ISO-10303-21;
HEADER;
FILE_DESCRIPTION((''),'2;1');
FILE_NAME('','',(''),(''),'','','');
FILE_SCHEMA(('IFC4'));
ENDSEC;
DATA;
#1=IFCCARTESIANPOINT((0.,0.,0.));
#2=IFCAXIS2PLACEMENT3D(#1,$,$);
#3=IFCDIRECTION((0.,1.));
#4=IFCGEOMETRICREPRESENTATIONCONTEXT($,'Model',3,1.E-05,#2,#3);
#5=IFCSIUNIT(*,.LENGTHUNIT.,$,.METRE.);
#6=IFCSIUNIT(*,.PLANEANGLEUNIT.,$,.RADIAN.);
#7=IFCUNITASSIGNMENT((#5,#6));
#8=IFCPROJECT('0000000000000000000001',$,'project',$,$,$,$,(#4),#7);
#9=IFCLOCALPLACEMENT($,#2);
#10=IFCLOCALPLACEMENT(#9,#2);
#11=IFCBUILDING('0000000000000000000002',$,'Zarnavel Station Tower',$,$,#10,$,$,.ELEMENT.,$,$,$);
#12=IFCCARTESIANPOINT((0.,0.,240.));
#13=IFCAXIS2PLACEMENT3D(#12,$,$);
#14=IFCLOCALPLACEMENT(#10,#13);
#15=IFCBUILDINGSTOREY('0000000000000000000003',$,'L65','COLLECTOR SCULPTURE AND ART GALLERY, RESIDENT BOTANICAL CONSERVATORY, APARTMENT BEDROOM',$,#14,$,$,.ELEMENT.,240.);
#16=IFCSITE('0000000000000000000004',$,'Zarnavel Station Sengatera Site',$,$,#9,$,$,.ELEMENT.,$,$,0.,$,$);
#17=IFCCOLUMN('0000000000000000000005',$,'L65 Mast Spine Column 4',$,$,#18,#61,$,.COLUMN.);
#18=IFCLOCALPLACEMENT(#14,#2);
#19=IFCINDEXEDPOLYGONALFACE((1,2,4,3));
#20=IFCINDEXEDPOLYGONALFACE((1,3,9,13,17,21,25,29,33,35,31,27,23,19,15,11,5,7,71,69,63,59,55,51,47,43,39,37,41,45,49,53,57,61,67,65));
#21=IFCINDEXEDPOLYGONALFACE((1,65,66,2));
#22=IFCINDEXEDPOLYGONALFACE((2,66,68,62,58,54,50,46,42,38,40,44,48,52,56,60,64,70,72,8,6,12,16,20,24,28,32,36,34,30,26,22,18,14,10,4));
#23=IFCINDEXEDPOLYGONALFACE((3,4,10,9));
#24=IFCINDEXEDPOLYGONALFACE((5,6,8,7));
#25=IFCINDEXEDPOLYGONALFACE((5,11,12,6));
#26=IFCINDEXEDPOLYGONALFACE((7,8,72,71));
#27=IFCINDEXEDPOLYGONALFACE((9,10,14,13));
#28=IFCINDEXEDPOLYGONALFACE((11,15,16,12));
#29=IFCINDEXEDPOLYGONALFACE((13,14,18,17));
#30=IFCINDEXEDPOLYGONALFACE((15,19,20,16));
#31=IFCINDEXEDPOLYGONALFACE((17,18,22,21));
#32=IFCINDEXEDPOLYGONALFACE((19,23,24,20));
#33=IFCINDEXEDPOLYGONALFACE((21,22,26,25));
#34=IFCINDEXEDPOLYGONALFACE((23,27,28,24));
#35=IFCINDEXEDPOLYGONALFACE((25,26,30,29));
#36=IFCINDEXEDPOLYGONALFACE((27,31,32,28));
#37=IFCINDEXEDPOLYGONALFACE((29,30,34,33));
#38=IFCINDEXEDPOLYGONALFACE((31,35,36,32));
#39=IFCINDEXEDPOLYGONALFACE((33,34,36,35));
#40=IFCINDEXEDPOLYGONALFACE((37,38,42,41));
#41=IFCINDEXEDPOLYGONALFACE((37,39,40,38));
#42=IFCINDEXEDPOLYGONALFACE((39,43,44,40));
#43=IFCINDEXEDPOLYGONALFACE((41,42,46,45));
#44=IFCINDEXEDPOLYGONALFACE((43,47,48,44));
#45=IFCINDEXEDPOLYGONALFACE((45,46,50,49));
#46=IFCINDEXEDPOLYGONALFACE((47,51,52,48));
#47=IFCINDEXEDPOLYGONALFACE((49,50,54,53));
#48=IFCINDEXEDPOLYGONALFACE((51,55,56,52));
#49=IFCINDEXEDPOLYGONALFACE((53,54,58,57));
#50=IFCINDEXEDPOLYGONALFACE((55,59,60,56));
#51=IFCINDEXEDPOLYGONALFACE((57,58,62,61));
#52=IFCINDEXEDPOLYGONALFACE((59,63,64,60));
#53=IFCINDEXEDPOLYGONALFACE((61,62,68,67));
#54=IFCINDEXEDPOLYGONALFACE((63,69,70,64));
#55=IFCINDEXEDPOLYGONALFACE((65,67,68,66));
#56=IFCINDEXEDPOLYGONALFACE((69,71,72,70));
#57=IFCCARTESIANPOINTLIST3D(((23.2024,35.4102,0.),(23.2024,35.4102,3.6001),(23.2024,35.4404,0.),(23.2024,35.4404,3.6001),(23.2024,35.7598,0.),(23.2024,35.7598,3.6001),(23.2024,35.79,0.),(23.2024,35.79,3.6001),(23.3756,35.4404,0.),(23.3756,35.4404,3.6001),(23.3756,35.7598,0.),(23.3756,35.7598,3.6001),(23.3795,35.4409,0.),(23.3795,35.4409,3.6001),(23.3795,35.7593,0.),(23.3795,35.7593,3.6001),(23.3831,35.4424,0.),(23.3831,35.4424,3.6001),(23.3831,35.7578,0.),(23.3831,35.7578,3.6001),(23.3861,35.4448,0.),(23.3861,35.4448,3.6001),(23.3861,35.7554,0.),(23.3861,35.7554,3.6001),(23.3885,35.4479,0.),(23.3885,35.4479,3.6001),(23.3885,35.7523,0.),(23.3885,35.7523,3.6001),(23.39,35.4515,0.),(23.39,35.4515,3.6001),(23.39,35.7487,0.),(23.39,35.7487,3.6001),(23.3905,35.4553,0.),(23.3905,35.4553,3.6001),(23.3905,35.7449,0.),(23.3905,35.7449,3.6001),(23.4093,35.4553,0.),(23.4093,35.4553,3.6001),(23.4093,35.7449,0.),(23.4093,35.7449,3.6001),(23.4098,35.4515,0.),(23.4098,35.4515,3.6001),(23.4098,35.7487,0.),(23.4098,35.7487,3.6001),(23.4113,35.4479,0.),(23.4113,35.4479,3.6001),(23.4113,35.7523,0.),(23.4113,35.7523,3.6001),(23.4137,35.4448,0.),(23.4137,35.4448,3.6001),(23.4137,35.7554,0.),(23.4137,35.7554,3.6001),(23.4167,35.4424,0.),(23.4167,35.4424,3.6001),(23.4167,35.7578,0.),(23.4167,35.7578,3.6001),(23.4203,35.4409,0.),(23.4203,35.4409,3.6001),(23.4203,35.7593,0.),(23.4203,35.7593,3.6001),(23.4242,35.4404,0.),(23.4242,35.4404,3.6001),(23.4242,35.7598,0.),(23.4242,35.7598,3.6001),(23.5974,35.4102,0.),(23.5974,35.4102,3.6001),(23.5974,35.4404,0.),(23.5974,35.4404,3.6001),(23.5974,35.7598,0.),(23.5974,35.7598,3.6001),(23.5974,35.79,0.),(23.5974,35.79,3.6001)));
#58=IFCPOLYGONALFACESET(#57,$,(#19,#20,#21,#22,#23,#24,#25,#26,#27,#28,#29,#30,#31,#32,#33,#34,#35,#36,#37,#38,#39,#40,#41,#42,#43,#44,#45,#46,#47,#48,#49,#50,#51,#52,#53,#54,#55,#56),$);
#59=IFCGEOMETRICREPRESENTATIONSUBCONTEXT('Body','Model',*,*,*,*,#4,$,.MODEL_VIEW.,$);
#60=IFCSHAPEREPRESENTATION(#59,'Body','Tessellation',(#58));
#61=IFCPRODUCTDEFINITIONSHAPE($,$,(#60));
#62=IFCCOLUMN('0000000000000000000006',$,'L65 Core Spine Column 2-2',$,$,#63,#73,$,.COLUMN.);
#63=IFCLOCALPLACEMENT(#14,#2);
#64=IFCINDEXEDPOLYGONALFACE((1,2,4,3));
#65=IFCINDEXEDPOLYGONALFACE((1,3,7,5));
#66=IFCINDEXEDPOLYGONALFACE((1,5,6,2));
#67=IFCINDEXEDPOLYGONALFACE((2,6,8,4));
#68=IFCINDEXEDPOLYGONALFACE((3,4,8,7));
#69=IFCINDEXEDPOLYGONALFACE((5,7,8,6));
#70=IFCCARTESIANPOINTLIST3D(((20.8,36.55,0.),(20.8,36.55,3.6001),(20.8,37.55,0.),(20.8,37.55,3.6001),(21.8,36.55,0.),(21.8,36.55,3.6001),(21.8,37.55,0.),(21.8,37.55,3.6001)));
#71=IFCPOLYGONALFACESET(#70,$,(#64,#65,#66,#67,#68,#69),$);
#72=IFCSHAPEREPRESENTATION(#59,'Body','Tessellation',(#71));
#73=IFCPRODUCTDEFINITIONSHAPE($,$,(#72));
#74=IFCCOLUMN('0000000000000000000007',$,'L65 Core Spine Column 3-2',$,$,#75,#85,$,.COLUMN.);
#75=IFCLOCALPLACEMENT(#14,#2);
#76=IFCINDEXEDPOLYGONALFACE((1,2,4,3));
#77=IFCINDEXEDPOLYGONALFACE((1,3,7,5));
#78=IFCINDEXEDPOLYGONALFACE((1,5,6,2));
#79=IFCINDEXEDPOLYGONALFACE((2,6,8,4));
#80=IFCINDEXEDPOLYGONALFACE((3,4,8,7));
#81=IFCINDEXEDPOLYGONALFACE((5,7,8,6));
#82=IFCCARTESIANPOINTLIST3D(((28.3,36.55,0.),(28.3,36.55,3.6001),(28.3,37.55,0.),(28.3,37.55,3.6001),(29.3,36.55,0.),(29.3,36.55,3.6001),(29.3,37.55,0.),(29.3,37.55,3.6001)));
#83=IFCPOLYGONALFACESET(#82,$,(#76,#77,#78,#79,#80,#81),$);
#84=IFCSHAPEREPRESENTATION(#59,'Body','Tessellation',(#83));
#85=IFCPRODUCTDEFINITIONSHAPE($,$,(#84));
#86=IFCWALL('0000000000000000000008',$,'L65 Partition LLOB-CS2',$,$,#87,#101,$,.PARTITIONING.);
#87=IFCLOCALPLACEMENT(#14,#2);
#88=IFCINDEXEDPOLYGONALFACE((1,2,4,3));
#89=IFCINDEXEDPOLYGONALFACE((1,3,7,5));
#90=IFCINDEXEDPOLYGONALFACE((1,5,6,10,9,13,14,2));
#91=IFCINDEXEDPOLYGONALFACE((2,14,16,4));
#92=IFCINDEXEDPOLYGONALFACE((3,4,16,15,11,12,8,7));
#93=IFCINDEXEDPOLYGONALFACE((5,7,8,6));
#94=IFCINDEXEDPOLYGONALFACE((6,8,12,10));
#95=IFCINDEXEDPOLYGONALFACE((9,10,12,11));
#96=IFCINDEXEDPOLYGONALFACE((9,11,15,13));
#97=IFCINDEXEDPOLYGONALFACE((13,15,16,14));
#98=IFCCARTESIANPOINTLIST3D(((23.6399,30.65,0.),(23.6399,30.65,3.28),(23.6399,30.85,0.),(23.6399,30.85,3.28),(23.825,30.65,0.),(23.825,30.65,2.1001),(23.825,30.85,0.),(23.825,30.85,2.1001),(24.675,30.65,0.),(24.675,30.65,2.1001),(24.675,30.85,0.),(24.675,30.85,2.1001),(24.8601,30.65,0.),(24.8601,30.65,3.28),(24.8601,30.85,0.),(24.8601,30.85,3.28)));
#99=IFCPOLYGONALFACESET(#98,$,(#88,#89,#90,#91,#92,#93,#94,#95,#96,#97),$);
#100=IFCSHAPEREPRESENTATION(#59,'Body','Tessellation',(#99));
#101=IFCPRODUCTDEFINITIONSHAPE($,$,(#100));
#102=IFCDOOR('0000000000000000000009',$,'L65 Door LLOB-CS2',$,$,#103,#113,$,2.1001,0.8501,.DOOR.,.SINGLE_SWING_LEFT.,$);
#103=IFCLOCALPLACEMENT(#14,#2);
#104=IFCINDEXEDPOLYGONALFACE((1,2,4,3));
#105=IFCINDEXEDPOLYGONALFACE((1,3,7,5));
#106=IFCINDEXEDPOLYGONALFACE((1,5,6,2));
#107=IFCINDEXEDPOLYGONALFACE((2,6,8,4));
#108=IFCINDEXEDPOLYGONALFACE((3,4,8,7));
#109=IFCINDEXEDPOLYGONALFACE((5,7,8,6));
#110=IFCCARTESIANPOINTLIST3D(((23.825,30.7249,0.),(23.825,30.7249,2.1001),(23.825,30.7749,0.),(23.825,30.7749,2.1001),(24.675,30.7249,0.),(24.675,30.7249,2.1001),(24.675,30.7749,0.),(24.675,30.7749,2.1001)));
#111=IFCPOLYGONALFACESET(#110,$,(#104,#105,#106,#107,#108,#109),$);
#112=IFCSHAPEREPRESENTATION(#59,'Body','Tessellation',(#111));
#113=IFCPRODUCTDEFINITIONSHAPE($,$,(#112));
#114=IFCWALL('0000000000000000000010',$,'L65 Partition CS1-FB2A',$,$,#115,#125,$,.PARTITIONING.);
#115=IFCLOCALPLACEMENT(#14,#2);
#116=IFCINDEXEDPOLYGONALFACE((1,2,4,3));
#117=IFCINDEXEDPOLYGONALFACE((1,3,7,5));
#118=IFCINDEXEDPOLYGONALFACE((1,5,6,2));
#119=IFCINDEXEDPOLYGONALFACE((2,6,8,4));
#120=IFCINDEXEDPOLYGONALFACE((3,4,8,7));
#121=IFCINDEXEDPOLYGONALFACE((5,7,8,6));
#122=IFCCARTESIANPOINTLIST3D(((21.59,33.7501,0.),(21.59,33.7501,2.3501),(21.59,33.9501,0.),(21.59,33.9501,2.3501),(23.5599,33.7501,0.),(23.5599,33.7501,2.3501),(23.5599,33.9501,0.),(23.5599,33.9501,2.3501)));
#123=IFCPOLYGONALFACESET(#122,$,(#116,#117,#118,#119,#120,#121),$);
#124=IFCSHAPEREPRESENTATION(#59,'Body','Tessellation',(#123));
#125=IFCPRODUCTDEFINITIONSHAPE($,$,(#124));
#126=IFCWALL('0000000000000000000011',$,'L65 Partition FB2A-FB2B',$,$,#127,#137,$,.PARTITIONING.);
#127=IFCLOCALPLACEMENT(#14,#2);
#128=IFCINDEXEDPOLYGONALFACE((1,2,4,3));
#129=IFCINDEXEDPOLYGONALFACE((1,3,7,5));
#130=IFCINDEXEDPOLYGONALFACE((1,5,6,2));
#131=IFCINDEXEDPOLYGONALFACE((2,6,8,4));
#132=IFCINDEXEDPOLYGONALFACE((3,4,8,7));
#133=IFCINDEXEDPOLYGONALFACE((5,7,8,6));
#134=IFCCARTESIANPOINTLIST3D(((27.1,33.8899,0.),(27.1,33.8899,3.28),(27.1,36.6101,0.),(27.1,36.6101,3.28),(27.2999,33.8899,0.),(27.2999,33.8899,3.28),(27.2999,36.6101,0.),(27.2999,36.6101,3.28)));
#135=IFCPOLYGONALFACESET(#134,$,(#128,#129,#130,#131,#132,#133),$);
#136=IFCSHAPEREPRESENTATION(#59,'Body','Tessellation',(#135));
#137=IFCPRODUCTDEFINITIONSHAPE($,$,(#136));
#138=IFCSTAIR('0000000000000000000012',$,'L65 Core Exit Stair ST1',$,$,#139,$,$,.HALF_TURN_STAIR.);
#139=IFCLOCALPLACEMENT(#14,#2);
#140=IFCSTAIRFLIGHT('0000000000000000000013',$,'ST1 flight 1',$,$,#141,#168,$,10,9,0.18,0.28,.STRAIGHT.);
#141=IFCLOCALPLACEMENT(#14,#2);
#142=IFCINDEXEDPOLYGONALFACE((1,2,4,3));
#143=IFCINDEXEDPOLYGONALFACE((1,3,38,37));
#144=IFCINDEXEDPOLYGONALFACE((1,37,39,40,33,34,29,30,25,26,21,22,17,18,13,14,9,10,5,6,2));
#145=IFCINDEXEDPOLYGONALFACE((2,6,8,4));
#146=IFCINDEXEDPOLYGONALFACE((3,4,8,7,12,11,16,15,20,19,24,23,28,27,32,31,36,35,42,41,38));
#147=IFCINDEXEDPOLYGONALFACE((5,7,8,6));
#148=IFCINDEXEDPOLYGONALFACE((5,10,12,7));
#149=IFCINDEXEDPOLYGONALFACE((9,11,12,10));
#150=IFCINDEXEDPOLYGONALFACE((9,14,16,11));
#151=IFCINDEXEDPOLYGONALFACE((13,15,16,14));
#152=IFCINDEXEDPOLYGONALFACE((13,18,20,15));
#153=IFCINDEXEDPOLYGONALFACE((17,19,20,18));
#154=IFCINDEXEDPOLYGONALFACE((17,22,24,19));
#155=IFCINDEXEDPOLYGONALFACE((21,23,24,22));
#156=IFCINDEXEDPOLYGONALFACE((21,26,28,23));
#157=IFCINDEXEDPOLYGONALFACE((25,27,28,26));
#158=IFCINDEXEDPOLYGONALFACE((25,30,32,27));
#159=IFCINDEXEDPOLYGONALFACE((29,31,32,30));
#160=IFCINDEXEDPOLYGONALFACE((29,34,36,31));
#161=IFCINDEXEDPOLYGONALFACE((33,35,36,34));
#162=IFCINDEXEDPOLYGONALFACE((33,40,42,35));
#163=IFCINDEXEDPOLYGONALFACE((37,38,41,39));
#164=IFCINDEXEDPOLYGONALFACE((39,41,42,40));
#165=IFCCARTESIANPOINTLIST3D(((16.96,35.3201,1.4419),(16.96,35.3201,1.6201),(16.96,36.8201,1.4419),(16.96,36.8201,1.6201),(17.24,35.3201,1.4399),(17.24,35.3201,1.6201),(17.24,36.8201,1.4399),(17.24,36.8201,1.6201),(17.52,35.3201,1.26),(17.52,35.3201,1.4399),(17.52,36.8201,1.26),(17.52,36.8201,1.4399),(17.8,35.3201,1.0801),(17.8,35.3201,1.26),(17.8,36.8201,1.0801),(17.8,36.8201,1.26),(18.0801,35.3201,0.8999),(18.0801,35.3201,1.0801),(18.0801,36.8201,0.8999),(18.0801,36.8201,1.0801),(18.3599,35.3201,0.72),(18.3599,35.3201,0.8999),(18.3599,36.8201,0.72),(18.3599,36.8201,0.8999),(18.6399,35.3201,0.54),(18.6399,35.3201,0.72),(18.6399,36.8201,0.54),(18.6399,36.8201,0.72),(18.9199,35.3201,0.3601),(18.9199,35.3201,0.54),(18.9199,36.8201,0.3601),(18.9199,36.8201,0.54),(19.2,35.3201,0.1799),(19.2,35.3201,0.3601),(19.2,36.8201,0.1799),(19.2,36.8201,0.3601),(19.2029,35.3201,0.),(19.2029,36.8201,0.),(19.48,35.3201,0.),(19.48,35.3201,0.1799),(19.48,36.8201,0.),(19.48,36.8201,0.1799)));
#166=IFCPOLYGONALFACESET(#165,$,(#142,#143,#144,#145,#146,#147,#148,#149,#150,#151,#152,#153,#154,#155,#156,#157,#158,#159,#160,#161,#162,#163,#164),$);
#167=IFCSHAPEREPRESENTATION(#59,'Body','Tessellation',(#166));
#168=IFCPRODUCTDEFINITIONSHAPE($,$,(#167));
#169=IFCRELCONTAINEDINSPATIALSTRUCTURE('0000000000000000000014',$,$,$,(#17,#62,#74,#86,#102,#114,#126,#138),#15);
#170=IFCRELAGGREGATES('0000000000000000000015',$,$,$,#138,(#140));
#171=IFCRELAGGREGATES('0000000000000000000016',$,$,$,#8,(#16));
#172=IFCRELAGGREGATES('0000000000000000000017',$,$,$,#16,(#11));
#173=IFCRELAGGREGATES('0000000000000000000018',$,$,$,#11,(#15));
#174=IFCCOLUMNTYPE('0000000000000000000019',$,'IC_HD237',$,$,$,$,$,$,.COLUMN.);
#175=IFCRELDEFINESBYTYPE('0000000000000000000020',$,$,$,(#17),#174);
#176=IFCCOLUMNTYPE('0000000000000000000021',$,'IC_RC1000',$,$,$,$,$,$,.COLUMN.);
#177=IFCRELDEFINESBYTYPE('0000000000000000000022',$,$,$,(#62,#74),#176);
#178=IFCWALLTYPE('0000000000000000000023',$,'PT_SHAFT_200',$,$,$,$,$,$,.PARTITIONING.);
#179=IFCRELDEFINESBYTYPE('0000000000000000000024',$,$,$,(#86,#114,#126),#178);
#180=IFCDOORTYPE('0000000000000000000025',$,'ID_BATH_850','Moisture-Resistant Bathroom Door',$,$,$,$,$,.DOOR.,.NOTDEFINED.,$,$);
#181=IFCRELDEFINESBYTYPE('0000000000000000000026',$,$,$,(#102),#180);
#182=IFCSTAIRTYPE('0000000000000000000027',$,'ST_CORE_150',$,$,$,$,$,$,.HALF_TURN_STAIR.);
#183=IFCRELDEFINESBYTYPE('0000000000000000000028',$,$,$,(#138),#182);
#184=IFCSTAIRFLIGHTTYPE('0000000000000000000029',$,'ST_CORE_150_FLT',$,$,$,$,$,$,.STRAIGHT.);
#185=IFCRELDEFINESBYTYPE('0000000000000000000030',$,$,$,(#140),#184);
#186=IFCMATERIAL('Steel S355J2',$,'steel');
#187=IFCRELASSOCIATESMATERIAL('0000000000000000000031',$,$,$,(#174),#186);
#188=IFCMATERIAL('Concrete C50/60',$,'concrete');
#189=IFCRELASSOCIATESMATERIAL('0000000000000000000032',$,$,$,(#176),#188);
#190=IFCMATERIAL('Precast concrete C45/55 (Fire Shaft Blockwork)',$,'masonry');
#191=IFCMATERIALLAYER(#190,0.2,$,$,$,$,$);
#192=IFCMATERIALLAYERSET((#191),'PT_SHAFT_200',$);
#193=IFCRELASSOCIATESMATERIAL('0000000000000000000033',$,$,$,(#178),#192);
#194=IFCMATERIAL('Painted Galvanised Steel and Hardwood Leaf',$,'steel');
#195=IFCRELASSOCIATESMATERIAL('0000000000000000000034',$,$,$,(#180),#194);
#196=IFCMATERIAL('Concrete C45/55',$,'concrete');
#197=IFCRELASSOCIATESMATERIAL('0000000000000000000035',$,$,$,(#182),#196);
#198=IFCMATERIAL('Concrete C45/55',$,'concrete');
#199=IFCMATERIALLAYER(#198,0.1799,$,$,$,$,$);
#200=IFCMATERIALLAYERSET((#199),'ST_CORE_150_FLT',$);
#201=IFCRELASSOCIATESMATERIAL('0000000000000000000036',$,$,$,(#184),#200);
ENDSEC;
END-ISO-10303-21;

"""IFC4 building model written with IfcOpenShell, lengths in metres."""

from ifc_helpers import new_model, si_unit, direction, frame, frame_2d, origin, origin_2d, place, context, subcontext, project, spatial, polyline, rectangle, i_section, outline, extrude, material, layer, layer_set, material_profile, profile_set, type_object, element, fill, aggregate, save


model = new_model("IFC4")

# Units and contexts
model_context = context("Model", 3, precision=1e-05, world=origin(), true_north=direction((0.0, 1.0)))
body_context = subcontext(model_context, "Body", "Model", "MODEL_VIEW")
ifc_project = project(units=[si_unit("LENGTHUNIT", "METRE"), si_unit("PLANEANGLEUNIT", "RADIAN")], contexts=[model_context])

# Site, building, storey
site_placement = place(None, origin())
site = spatial("IfcSite", under=ifc_project, at=site_placement, Name="Zarnavel Station Sengatera Site", CompositionType="ELEMENT", RefElevation=0.0)
building_placement = place(site_placement, origin())
building = spatial("IfcBuilding", under=site, at=building_placement, Name="Zarnavel Station Tower", CompositionType="ELEMENT")
storey_placement = place(building_placement, frame((0.0, 0.0, 240.0)))
storey = spatial("IfcBuildingStorey", under=building, at=storey_placement, Name="L65", Description="COLLECTOR SCULPTURE AND ART GALLERY, RESIDENT BOTANICAL CONSERVATORY, APARTMENT BEDROOM", CompositionType="ELEMENT", Elevation=240.0)

# Columns
ifc_material_1 = material(Name="Steel S355J2", Category="steel")
ifc_material_profile_1 = material_profile(ifc_material_1, i_section(OverallWidth=0.395, OverallDepth=0.3799, WebThickness=0.0188, FlangeThickness=0.0303, FilletRadius=0.0149, at=origin_2d()), Name="HD400x237")
ifc_profile_set_1 = profile_set([ifc_material_profile_1], Name="Steel S355J2")
column_type_1 = type_object("IfcColumnType", Name="IC_HD237", PredefinedType="COLUMN", material=ifc_profile_set_1)
column_placement = place(storey_placement, frame((23.3999, 35.6001, 0.0), z_axis=(0.0, 0.0, 1.0), x_axis=(1.0, 0.0, 0.0)))
element("IfcColumn", 1, at=column_placement, inside=storey, type_object=column_type_1, Name="L65 Mast Spine Column 4", PredefinedType="COLUMN", context=body_context, shape_type="SweptSolid", body=[
    extrude(i_section(OverallWidth=0.395, OverallDepth=0.3799, WebThickness=0.0188, FlangeThickness=0.0303, FilletRadius=0.0149, at=origin_2d()), origin(), (0.0, 0.0, 1.0), 3.6001),
])
ifc_material_2 = material(Name="Concrete C50/60", Category="concrete")
ifc_material_profile_2 = material_profile(ifc_material_2, rectangle(XDim=1.0, YDim=1.0, at=origin_2d()), Name="RC1000x1000")
ifc_profile_set_2 = profile_set([ifc_material_profile_2], Name="Concrete C50/60")
column_type_2 = type_object("IfcColumnType", Name="IC_RC1000", PredefinedType="COLUMN", material=ifc_profile_set_2)
for number, where, z_axis, x_axis, name in (
    (2, (21.3, 37.05, 0.0), (0.0, 0.0, 1.0), (1.0, 0.0, 0.0), "L65 Core Spine Column 2-2"),
    (3, (28.8, 37.05, 0.0), (0.0, 0.0, 1.0), (1.0, 0.0, 0.0), "L65 Core Spine Column 3-2"),
):
    element("IfcColumn", number, at=place(storey_placement, frame(where, z_axis=z_axis, x_axis=x_axis)), inside=storey, type_object=column_type_2, Name=name, PredefinedType="COLUMN", context=body_context, shape_type="SweptSolid", body=[
        extrude(rectangle(XDim=1.0, YDim=1.0, at=origin_2d()), origin(), (0.0, 0.0, 1.0), 3.6001),
    ])

# Wall, opening, door
ifc_material_3 = material(Name="Precast concrete C45/55 (Fire Shaft Blockwork)", Category="masonry")
ifc_layer_1 = layer(ifc_material_3, 0.2)
ifc_layer_set_1 = layer_set([ifc_layer_1], Name="PT_SHAFT_200")
wall_type_1 = type_object("IfcWallType", Name="PT_SHAFT_200", PredefinedType="PARTITIONING", material=ifc_layer_set_1)
wall_1_placement = place(storey_placement, frame((23.6399, 30.75, 0.0), z_axis=(0.0, 0.0, 1.0), x_axis=(1.0, 0.0, 0.0)))
wall_1 = element("IfcWall", 4, at=wall_1_placement, inside=storey, type_object=wall_type_1, Name="L65 Partition LLOB-CS2", PredefinedType="PARTITIONING", context=body_context, shape_type="SweptSolid", body=[
    extrude(rectangle(XDim=1.2202, YDim=0.2, at=frame_2d((0.6101, 0.0))), origin(), (0.0, 0.0, 1.0), 3.28),
])
opening_1_placement = place(wall_1_placement, frame((0.1851, 0.0, 0.0)))
opening_1 = element("IfcOpeningElement", 5, at=opening_1_placement, cuts=wall_1, PredefinedType="OPENING", context=body_context, shape_type="SweptSolid", body=[
    extrude(rectangle(XDim=0.8501, YDim=2.1001, at=frame_2d((0.425, 1.05))), frame((0.0, 0.1099, 0.0), z_axis=(0.0, -1.0, 0.0), x_axis=(1.0, 0.0, 0.0)), (0.0, 0.0, 1.0), 0.22),
])
ifc_material_4 = material(Name="Painted Galvanised Steel and Hardwood Leaf", Category="steel")
door_type_1 = type_object("IfcDoorType", Name="ID_BATH_850", Description="Moisture-Resistant Bathroom Door", OperationType="NOTDEFINED", PredefinedType="DOOR", material=ifc_material_4)
door_1_placement = place(opening_1_placement, origin())
door_1 = element("IfcDoor", 6, at=door_1_placement, inside=storey, type_object=door_type_1, Name="L65 Door LLOB-CS2", OperationType="SINGLE_SWING_LEFT", OverallHeight=2.1001, OverallWidth=0.8501, PredefinedType="DOOR", context=body_context, shape_type="SweptSolid", body=[
    extrude(rectangle(XDim=0.8501, YDim=2.1001, at=frame_2d((0.425, 1.05))), frame((0.0, 0.0249, 0.0), z_axis=(0.0, -1.0, 0.0), x_axis=(1.0, 0.0, 0.0)), (0.0, 0.0, 1.0), 0.05),
])
fill(opening_1, door_1)

# Walls
wall_2_placement = place(storey_placement, frame((21.5901, 33.8501, 0.0), z_axis=(0.0, 0.0, 1.0), x_axis=(1.0, 0.0, 0.0)))
element("IfcWall", 7, at=wall_2_placement, inside=storey, type_object=wall_type_1, Name="L65 Partition CS1-FB2A", PredefinedType="PARTITIONING", context=body_context, shape_type="SweptSolid", body=[
    extrude(rectangle(XDim=1.97, YDim=0.2, at=frame_2d((0.9849, 0.0))), origin(), (0.0, 0.0, 1.0), 2.3501),
])
wall_3_placement = place(storey_placement, frame((27.2, 33.8899, 0.0), z_axis=(0.0, 0.0, 1.0), x_axis=(0.0, 1.0, 0.0)))
element("IfcWall", 8, at=wall_3_placement, inside=storey, type_object=wall_type_1, Name="L65 Partition FB2A-FB2B", PredefinedType="PARTITIONING", context=body_context, shape_type="SweptSolid", body=[
    extrude(rectangle(XDim=2.7202, YDim=0.2, at=frame_2d((1.3601, 0.0))), origin(), (0.0, 0.0, 1.0), 3.28),
])

# Stair, stair flight
ifc_material_5 = material(Name="Concrete C45/55", Category="concrete")
stair_type = type_object("IfcStairType", Name="ST_CORE_150", PredefinedType="HALF_TURN_STAIR", material=ifc_material_5)
stair_placement = place(storey_placement, origin())
stair = element("IfcStair", 9, at=stair_placement, inside=storey, type_object=stair_type, Name="L65 Core Exit Stair ST1", PredefinedType="HALF_TURN_STAIR")
ifc_material_6 = material(Name="Concrete C45/55", Category="concrete")
ifc_layer_2 = layer(ifc_material_6, 0.1799)
ifc_layer_set_2 = layer_set([ifc_layer_2], Name="ST_CORE_150_FLT")
stair_flight_type = type_object("IfcStairFlightType", Name="ST_CORE_150_FLT", PredefinedType="STRAIGHT", material=ifc_layer_set_2)
stair_flight_1_placement = place(storey_placement, frame((19.48, 36.0701, 0.0), z_axis=(0.0, 0.0, 1.0), x_axis=(-1.0, 0.0, 0.0)))
stair_flight_1 = element("IfcStairFlight", 10, at=stair_flight_1_placement, type_object=stair_flight_type, Name="ST1 flight 1", NumberOfRisers=10, NumberOfTreads=9, PredefinedType="STRAIGHT", RiserHeight=0.18, TreadLength=0.28, context=body_context, shape_type="SweptSolid", body=[
    extrude(outline(polyline([(0.0, 0.0), (0.0, 0.1799), (0.28, 0.1799), (0.28, 0.3601), (0.5601, 0.3601), (0.5601, 0.54), (0.8401, 0.54), (0.8401, 0.72), (1.1201, 0.72), (1.1201, 0.8999), (1.3999, 0.8999), (1.3999, 1.0801), (1.6799, 1.0801), (1.6799, 1.26), (1.96, 1.26), (1.96, 1.4399), (2.24, 1.4399), (2.24, 1.6201), (2.52, 1.6201), (2.52, 1.8), (2.52, 1.4419), (0.2771, 0.0), (0.0, 0.0)])), frame((0.0, 0.75, 0.0), z_axis=(0.0, -1.0, 0.0), x_axis=(1.0, 0.0, 0.0)), (0.0, 0.0, 1.0), 1.5),
])
aggregate(stair, [stair_flight_1])

save(model, "model.ifc")
